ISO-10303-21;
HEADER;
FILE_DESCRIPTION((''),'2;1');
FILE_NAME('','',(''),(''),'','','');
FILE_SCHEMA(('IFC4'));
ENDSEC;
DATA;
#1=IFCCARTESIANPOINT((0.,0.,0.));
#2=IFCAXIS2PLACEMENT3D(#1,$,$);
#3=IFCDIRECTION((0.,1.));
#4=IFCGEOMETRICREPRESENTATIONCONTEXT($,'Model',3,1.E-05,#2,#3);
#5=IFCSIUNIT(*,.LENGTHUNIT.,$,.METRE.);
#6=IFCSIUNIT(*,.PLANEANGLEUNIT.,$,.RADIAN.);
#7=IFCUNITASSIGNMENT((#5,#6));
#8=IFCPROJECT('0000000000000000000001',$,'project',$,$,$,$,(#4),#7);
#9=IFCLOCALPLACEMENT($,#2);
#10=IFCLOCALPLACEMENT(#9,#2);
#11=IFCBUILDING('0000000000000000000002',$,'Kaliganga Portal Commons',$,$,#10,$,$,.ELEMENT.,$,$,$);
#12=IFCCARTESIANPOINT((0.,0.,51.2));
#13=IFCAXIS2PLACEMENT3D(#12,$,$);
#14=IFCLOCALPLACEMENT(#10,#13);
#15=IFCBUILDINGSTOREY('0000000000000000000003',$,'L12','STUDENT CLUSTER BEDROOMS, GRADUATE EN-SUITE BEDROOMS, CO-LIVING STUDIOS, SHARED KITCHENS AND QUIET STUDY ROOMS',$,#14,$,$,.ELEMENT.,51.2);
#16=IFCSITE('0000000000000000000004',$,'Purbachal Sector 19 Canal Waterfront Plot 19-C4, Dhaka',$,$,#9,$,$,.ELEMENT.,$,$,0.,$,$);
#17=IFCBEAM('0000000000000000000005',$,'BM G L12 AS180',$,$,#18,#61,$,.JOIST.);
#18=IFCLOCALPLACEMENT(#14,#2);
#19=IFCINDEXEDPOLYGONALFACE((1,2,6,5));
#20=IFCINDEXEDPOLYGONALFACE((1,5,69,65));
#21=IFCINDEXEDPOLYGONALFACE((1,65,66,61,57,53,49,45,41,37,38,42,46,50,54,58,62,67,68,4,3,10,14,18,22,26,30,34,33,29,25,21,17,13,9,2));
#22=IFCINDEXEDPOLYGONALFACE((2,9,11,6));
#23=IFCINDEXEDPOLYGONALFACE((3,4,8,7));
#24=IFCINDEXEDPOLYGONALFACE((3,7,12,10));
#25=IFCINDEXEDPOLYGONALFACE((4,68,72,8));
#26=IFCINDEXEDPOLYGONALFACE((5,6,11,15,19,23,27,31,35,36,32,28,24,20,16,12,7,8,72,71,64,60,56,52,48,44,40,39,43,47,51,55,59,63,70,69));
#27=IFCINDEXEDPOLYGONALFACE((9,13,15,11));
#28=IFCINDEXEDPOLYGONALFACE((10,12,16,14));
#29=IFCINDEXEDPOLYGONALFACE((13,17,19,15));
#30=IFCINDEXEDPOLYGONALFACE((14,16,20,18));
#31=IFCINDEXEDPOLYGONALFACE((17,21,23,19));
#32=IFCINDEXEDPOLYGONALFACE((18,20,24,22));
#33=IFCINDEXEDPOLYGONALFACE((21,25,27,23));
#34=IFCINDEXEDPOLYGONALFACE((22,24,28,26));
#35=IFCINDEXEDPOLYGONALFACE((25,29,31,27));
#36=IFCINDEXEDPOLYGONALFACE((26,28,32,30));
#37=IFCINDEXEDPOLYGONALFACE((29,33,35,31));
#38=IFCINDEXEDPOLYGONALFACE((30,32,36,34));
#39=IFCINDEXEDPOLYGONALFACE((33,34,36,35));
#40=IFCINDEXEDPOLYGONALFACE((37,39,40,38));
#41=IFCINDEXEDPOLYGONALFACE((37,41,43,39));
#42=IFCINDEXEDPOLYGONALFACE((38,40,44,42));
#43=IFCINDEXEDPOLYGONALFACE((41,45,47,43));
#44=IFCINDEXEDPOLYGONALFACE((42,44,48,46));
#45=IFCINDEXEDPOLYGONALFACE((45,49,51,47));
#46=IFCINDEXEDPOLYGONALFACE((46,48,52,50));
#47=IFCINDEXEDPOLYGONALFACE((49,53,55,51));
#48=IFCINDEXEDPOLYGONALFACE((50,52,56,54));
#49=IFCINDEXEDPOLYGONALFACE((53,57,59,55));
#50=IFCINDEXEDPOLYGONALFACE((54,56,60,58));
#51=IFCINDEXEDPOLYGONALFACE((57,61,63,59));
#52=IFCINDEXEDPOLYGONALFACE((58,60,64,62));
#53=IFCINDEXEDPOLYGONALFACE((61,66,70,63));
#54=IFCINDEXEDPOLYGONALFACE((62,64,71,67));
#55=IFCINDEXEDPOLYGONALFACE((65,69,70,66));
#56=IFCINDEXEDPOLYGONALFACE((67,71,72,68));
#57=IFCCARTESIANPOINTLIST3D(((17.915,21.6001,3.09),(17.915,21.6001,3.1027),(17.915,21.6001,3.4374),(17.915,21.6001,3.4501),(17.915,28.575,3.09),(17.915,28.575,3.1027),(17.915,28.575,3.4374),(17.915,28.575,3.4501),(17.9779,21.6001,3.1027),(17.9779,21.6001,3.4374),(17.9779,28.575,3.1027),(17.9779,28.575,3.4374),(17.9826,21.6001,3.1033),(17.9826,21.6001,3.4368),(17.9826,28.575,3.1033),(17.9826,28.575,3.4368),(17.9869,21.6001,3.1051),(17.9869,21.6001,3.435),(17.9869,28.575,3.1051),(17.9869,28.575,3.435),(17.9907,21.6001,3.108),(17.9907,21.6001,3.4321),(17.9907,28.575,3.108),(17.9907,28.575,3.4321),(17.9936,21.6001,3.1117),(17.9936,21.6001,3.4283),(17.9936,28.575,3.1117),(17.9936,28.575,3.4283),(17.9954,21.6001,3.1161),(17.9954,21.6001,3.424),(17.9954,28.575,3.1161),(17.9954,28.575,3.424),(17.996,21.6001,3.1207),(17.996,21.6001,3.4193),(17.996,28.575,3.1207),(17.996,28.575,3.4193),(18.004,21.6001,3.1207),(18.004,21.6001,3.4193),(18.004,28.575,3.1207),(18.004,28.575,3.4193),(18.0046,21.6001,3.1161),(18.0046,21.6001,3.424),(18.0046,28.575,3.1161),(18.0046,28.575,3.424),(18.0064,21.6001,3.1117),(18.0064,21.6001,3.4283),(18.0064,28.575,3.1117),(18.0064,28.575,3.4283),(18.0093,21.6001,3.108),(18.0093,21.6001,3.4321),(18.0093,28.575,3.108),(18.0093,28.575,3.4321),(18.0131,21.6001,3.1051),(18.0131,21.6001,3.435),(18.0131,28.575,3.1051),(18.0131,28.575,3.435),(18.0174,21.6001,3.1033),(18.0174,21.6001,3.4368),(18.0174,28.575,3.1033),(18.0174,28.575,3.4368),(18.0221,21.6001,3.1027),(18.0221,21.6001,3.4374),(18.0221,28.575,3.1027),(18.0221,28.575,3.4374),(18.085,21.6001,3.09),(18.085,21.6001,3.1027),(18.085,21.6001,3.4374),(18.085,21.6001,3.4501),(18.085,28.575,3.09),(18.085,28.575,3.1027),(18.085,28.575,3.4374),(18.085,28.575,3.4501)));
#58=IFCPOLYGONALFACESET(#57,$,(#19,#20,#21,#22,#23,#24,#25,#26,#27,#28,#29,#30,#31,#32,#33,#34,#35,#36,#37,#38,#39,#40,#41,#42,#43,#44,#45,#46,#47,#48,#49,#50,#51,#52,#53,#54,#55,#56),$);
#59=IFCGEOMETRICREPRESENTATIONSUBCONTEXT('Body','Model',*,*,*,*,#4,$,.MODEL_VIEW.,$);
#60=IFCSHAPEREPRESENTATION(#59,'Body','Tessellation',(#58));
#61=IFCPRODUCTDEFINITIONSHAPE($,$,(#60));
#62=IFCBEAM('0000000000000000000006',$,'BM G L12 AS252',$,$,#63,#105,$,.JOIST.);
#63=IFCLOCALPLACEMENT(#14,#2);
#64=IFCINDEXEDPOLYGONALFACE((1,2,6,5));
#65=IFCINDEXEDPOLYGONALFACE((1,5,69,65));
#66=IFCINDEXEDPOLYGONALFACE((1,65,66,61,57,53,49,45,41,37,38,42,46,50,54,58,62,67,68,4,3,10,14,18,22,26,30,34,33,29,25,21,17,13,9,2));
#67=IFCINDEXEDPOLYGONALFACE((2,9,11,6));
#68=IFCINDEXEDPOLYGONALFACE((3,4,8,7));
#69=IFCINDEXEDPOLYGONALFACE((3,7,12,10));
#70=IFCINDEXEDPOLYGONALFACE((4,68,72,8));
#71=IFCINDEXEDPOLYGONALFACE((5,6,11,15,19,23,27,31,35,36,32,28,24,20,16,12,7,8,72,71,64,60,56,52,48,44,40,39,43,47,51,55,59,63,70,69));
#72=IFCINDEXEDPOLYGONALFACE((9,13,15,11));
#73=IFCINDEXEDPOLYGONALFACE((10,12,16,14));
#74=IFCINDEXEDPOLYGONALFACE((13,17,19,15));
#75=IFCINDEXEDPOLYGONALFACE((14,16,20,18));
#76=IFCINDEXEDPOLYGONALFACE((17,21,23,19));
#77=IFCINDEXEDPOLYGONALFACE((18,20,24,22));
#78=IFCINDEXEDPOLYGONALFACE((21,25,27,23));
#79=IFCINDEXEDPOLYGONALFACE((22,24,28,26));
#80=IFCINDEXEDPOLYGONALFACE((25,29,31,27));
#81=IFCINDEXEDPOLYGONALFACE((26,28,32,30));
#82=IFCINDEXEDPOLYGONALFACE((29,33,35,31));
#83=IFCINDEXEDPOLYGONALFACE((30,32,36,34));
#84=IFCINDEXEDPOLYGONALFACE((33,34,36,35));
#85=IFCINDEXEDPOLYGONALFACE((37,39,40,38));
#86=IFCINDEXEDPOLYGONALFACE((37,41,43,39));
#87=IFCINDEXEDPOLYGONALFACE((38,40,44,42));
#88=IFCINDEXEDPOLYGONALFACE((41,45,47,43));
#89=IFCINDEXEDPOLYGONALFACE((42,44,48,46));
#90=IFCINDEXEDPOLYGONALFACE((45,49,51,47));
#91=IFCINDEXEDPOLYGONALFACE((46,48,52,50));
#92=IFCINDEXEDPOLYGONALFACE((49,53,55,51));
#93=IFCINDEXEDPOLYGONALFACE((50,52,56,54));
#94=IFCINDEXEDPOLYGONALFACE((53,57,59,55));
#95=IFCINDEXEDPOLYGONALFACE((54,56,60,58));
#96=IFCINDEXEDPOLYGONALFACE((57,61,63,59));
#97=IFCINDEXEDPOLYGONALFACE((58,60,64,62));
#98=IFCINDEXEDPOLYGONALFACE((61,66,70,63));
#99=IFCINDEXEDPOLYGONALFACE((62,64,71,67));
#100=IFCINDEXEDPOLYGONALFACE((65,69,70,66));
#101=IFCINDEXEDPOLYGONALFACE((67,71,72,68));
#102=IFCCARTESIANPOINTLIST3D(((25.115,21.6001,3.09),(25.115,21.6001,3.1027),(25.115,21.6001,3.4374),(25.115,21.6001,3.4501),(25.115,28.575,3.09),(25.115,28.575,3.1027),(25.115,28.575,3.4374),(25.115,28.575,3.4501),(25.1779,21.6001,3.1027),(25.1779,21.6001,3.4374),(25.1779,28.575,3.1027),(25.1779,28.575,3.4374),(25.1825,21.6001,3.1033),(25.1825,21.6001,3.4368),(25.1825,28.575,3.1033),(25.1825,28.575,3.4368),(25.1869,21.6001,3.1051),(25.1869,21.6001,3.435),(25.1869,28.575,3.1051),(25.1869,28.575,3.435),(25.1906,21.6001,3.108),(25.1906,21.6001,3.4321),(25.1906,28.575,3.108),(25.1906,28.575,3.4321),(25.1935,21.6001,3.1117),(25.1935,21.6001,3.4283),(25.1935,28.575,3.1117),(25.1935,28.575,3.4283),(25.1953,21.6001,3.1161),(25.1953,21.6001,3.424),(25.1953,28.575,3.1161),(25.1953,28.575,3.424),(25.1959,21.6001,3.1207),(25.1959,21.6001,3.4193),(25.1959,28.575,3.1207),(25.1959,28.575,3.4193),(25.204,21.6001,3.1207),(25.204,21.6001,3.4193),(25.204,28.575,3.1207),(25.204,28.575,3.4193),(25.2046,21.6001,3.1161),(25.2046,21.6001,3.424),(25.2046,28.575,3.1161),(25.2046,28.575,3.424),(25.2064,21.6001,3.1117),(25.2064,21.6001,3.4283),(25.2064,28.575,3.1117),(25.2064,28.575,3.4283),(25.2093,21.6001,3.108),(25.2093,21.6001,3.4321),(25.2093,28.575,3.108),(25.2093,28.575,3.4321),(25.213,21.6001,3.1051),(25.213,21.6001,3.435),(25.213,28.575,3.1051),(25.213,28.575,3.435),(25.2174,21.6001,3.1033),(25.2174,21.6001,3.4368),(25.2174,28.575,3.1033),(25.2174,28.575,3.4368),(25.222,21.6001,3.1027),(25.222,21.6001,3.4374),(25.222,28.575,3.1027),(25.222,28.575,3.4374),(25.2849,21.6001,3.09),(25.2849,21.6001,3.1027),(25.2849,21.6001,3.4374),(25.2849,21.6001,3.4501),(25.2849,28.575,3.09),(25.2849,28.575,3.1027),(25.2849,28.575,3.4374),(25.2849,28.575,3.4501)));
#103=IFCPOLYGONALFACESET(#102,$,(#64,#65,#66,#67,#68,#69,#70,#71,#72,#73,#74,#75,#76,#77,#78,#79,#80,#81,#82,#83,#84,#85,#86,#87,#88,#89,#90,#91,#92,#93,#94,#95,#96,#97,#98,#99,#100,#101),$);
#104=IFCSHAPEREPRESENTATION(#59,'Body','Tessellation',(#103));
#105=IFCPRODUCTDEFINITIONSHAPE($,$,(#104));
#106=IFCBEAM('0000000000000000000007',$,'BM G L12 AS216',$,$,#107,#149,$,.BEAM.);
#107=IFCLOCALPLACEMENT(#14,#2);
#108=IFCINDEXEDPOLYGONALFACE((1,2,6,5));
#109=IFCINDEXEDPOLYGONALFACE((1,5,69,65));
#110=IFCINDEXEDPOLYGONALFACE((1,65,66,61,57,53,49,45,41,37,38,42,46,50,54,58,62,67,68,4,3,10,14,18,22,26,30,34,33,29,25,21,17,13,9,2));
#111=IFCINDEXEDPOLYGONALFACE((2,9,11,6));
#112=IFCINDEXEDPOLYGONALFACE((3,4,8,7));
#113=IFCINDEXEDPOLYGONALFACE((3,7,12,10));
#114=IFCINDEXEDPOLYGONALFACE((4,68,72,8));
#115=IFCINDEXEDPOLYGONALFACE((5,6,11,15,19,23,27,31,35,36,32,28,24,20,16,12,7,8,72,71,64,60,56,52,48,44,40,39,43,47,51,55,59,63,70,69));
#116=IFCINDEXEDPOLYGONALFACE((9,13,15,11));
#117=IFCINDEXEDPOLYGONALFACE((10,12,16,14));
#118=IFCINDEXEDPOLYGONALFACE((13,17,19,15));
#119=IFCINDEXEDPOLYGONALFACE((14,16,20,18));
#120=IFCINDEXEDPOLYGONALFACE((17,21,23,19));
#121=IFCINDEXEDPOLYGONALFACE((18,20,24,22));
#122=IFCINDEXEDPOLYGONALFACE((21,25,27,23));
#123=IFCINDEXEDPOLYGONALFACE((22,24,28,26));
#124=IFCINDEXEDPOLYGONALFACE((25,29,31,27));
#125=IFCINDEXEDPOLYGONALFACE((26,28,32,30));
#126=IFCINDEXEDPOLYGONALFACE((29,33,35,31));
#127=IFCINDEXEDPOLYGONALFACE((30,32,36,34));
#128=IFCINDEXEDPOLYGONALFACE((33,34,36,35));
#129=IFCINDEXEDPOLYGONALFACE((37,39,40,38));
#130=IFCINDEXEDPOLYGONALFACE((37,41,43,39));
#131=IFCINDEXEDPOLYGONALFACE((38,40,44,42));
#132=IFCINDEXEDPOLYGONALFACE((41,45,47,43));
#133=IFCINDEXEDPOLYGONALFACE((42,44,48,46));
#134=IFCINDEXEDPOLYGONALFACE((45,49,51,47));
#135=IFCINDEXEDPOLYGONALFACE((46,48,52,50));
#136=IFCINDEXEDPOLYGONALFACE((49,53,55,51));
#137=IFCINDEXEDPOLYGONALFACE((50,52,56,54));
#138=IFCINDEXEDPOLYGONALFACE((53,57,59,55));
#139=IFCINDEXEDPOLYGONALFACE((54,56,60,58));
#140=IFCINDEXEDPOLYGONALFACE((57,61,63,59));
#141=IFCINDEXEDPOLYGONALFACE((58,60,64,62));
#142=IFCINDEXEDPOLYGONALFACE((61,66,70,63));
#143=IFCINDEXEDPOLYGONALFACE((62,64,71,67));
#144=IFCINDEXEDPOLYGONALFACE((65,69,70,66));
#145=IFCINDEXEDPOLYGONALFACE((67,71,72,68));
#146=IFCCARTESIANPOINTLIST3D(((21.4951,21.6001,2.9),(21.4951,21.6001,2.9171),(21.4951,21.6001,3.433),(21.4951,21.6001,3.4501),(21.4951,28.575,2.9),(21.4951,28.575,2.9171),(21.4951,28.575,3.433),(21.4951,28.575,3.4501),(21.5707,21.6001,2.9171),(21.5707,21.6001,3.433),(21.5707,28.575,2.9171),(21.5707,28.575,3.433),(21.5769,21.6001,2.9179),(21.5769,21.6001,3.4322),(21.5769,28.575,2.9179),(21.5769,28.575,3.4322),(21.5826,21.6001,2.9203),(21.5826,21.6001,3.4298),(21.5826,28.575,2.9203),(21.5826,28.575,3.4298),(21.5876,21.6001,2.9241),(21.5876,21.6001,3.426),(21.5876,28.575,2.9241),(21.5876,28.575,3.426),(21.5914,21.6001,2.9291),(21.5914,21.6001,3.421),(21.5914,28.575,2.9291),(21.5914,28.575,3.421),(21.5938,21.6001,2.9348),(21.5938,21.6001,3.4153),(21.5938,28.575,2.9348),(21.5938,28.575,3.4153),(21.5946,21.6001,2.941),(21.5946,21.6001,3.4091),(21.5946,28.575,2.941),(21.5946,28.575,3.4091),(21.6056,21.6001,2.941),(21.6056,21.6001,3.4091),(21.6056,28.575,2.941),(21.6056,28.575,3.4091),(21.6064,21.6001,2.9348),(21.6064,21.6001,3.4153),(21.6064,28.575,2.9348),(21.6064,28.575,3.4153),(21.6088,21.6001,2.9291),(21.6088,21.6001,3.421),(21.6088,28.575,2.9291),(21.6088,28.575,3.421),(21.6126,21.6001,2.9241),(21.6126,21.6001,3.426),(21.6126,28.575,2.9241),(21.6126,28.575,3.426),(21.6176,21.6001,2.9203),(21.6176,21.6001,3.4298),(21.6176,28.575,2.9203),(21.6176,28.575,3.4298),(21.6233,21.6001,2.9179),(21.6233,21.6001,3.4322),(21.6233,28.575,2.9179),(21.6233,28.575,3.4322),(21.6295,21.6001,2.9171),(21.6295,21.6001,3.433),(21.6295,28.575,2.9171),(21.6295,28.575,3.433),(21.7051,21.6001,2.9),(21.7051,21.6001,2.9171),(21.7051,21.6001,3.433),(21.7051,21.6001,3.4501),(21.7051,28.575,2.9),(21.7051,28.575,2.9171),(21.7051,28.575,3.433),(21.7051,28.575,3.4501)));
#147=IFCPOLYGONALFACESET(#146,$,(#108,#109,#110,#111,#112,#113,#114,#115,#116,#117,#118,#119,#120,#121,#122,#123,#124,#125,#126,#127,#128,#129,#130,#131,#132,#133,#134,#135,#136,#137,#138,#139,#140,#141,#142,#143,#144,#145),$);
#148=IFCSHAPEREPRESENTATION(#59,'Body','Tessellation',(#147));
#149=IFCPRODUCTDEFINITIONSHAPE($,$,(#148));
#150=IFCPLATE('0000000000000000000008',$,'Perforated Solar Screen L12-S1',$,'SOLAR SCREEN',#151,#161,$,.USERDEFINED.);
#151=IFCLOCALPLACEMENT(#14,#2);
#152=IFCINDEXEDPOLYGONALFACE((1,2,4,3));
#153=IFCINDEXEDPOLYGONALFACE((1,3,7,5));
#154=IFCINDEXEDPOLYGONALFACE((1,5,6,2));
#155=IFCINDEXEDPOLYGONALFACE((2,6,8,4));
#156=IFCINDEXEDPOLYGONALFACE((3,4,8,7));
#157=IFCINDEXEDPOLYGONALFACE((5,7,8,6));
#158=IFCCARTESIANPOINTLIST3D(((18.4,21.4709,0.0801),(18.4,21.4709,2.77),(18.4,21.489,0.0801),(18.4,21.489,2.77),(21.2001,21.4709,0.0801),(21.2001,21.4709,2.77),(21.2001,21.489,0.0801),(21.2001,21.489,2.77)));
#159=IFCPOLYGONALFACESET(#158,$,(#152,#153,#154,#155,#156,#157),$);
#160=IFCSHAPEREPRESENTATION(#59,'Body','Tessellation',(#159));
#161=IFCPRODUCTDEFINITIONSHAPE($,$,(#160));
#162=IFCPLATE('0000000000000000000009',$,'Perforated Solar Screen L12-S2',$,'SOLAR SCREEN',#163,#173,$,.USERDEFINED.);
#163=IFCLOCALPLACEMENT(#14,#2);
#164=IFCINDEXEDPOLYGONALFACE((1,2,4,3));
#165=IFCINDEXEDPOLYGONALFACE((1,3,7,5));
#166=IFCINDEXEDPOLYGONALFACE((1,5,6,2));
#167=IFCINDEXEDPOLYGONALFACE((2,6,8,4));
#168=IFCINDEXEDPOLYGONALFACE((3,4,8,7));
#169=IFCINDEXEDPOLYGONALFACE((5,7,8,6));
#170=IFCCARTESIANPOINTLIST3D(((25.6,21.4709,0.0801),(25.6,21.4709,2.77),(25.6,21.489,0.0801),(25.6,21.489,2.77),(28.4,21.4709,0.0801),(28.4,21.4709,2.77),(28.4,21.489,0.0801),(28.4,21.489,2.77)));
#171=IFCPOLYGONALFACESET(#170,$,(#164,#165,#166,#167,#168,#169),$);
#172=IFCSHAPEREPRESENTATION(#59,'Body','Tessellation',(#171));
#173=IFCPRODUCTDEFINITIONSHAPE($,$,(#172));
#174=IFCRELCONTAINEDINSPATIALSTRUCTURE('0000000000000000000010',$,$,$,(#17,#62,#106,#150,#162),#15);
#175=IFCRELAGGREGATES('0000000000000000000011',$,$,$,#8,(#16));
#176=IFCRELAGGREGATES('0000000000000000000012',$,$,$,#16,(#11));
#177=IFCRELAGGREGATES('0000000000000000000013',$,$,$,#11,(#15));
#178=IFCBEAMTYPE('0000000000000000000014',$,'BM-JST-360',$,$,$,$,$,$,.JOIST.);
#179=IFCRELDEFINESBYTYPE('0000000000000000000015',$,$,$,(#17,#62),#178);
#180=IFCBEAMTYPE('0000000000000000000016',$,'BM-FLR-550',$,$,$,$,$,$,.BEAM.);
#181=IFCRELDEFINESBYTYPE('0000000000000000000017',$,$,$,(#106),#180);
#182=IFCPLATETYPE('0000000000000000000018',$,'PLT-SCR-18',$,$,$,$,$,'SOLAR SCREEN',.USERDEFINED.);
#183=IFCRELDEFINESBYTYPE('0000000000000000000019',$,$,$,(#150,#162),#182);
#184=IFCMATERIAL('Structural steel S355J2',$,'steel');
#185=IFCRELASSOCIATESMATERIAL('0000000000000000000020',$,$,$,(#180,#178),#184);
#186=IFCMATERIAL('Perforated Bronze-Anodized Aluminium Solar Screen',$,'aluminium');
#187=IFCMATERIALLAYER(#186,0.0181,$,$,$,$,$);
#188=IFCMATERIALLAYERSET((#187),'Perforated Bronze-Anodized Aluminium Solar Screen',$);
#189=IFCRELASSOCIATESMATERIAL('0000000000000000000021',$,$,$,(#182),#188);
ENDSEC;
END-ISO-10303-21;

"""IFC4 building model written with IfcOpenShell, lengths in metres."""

from ifc_helpers import new_model, si_unit, direction, frame, origin, origin_2d, place, context, subcontext, project, spatial, rectangle, i_section, extrude, source, transform, mapped, material, layer, layer_set, material_profile, profile_set, type_object, element, save


model = new_model("IFC4")

# Units and contexts
model_context = context("Model", 3, precision=1e-05, world=origin(), true_north=direction((0.0, 1.0)))
body_context = subcontext(model_context, "Body", "Model", "MODEL_VIEW")
ifc_project = project(units=[si_unit("LENGTHUNIT", "METRE"), si_unit("PLANEANGLEUNIT", "RADIAN")], contexts=[model_context])

# Site, building, storey
site_placement = place(None, origin())
site = spatial("IfcSite", under=ifc_project, at=site_placement, Name="Purbachal Sector 19 Canal Waterfront Plot 19-C4, Dhaka", CompositionType="ELEMENT", RefElevation=0.0)
building_placement = place(site_placement, origin())
building = spatial("IfcBuilding", under=site, at=building_placement, Name="Kaliganga Portal Commons", CompositionType="ELEMENT")
storey_placement = place(building_placement, frame((0.0, 0.0, 51.2)))
storey = spatial("IfcBuildingStorey", under=building, at=storey_placement, Name="L12", Description="STUDENT CLUSTER BEDROOMS, GRADUATE EN-SUITE BEDROOMS, CO-LIVING STUDIOS, SHARED KITCHENS AND QUIET STUDY ROOMS", CompositionType="ELEMENT", Elevation=51.2)

# Beams
ifc_material_1 = material(Name="Structural steel S355J2", Category="steel")
ifc_material_profile_1 = material_profile(ifc_material_1, i_section(OverallWidth=0.21, OverallDepth=0.55, WebThickness=0.011, FlangeThickness=0.0171, FilletRadius=0.0239, at=origin_2d()), Name="IPE 550")
ifc_profile_set_1 = profile_set([ifc_material_profile_1], Name="Structural steel S355J2 wide-flange")
beam_type_1 = type_object("IfcBeamType", Name="BM-FLR-550", PredefinedType="BEAM", material=ifc_profile_set_1)
ifc_material_profile_2 = material_profile(ifc_material_1, i_section(OverallWidth=0.1699, OverallDepth=0.3601, WebThickness=0.0081, FlangeThickness=0.0127, FilletRadius=0.0181, at=origin_2d()), Name="IPE 360")
ifc_profile_set_2 = profile_set([ifc_material_profile_2], Name="Structural steel S355J2 wide-flange")
beam_type_2 = type_object("IfcBeamType", Name="BM-JST-360", PredefinedType="JOIST", material=ifc_profile_set_2)
shared_shape_1 = source(origin(), body_context, "Body", "SweptSolid", [
    extrude(i_section(OverallWidth=0.1699, OverallDepth=0.3601, WebThickness=0.0081, FlangeThickness=0.0127, FilletRadius=0.0181, at=origin_2d()), origin(), (0.0, 0.0, 1.0), 6.9749),
])
for number, where, z_axis, x_axis, name in (
    (1, (18.0, 21.6001, 3.27), (0.0, 1.0, 0.0), (-1.0, 0.0, 0.0), "BM G L12 AS180"),
    (2, (25.2, 21.6001, 3.27), (0.0, 1.0, 0.0), (-1.0, 0.0, 0.0), "BM G L12 AS252"),
):
    element("IfcBeam", number, at=place(storey_placement, frame(where, z_axis=z_axis, x_axis=x_axis)), inside=storey, type_object=beam_type_2, Name=name, PredefinedType="JOIST", context=body_context, shape_type="MappedRepresentation", body=[
        mapped(shared_shape_1, transform((0.0, 0.0, 0.0), x_axis=(1.0, 0.0, 0.0), y_axis=(0.0, 1.0, 0.0), z_axis=(0.0, 0.0, 1.0), scale=1.0)),
    ])
shared_shape_2 = source(origin(), body_context, "Body", "SweptSolid", [
    extrude(i_section(OverallWidth=0.21, OverallDepth=0.55, WebThickness=0.011, FlangeThickness=0.0171, FilletRadius=0.0239, at=origin_2d()), origin(), (0.0, 0.0, 1.0), 6.9749),
])
beam_1_placement = place(storey_placement, frame((21.6001, 21.6001, 3.175), z_axis=(0.0, 1.0, 0.0), x_axis=(-1.0, 0.0, 0.0)))
element("IfcBeam", 3, at=beam_1_placement, inside=storey, type_object=beam_type_1, Name="BM G L12 AS216", PredefinedType="BEAM", context=body_context, shape_type="MappedRepresentation", body=[
    mapped(shared_shape_2, transform((0.0, 0.0, 0.0), x_axis=(1.0, 0.0, 0.0), y_axis=(0.0, 1.0, 0.0), z_axis=(0.0, 0.0, 1.0), scale=1.0)),
])

# Plates
ifc_material_2 = material(Name="Perforated Bronze-Anodized Aluminium Solar Screen", Category="aluminium")
ifc_layer_1 = layer(ifc_material_2, 0.0181)
ifc_layer_set_1 = layer_set([ifc_layer_1], Name="Perforated Bronze-Anodized Aluminium Solar Screen")
plate_type = type_object("IfcPlateType", Name="PLT-SCR-18", ElementType="SOLAR SCREEN", PredefinedType="USERDEFINED", material=ifc_layer_set_1)
shared_shape_3 = source(origin(), body_context, "Body", "SweptSolid", [
    extrude(rectangle(XDim=2.8, YDim=0.0181, at=origin_2d()), origin(), (0.0, 0.0, 1.0), 2.6899),
])
for number, where, z_axis, x_axis, name in (
    (4, (19.8, 21.48, 0.0801), (0.0, 0.0, 1.0), (1.0, 0.0, 0.0), "Perforated Solar Screen L12-S1"),
    (5, (27.0, 21.48, 0.0801), (0.0, 0.0, 1.0), (1.0, 0.0, 0.0), "Perforated Solar Screen L12-S2"),
):
    element("IfcPlate", number, at=place(storey_placement, frame(where, z_axis=z_axis, x_axis=x_axis)), inside=storey, type_object=plate_type, Name=name, ObjectType="SOLAR SCREEN", PredefinedType="USERDEFINED", context=body_context, shape_type="MappedRepresentation", body=[
        mapped(shared_shape_3, transform((0.0, 0.0, 0.0), x_axis=(1.0, 0.0, 0.0), y_axis=(0.0, 1.0, 0.0), z_axis=(0.0, 0.0, 1.0), scale=1.0)),
    ])

save(model, "model.ifc")
